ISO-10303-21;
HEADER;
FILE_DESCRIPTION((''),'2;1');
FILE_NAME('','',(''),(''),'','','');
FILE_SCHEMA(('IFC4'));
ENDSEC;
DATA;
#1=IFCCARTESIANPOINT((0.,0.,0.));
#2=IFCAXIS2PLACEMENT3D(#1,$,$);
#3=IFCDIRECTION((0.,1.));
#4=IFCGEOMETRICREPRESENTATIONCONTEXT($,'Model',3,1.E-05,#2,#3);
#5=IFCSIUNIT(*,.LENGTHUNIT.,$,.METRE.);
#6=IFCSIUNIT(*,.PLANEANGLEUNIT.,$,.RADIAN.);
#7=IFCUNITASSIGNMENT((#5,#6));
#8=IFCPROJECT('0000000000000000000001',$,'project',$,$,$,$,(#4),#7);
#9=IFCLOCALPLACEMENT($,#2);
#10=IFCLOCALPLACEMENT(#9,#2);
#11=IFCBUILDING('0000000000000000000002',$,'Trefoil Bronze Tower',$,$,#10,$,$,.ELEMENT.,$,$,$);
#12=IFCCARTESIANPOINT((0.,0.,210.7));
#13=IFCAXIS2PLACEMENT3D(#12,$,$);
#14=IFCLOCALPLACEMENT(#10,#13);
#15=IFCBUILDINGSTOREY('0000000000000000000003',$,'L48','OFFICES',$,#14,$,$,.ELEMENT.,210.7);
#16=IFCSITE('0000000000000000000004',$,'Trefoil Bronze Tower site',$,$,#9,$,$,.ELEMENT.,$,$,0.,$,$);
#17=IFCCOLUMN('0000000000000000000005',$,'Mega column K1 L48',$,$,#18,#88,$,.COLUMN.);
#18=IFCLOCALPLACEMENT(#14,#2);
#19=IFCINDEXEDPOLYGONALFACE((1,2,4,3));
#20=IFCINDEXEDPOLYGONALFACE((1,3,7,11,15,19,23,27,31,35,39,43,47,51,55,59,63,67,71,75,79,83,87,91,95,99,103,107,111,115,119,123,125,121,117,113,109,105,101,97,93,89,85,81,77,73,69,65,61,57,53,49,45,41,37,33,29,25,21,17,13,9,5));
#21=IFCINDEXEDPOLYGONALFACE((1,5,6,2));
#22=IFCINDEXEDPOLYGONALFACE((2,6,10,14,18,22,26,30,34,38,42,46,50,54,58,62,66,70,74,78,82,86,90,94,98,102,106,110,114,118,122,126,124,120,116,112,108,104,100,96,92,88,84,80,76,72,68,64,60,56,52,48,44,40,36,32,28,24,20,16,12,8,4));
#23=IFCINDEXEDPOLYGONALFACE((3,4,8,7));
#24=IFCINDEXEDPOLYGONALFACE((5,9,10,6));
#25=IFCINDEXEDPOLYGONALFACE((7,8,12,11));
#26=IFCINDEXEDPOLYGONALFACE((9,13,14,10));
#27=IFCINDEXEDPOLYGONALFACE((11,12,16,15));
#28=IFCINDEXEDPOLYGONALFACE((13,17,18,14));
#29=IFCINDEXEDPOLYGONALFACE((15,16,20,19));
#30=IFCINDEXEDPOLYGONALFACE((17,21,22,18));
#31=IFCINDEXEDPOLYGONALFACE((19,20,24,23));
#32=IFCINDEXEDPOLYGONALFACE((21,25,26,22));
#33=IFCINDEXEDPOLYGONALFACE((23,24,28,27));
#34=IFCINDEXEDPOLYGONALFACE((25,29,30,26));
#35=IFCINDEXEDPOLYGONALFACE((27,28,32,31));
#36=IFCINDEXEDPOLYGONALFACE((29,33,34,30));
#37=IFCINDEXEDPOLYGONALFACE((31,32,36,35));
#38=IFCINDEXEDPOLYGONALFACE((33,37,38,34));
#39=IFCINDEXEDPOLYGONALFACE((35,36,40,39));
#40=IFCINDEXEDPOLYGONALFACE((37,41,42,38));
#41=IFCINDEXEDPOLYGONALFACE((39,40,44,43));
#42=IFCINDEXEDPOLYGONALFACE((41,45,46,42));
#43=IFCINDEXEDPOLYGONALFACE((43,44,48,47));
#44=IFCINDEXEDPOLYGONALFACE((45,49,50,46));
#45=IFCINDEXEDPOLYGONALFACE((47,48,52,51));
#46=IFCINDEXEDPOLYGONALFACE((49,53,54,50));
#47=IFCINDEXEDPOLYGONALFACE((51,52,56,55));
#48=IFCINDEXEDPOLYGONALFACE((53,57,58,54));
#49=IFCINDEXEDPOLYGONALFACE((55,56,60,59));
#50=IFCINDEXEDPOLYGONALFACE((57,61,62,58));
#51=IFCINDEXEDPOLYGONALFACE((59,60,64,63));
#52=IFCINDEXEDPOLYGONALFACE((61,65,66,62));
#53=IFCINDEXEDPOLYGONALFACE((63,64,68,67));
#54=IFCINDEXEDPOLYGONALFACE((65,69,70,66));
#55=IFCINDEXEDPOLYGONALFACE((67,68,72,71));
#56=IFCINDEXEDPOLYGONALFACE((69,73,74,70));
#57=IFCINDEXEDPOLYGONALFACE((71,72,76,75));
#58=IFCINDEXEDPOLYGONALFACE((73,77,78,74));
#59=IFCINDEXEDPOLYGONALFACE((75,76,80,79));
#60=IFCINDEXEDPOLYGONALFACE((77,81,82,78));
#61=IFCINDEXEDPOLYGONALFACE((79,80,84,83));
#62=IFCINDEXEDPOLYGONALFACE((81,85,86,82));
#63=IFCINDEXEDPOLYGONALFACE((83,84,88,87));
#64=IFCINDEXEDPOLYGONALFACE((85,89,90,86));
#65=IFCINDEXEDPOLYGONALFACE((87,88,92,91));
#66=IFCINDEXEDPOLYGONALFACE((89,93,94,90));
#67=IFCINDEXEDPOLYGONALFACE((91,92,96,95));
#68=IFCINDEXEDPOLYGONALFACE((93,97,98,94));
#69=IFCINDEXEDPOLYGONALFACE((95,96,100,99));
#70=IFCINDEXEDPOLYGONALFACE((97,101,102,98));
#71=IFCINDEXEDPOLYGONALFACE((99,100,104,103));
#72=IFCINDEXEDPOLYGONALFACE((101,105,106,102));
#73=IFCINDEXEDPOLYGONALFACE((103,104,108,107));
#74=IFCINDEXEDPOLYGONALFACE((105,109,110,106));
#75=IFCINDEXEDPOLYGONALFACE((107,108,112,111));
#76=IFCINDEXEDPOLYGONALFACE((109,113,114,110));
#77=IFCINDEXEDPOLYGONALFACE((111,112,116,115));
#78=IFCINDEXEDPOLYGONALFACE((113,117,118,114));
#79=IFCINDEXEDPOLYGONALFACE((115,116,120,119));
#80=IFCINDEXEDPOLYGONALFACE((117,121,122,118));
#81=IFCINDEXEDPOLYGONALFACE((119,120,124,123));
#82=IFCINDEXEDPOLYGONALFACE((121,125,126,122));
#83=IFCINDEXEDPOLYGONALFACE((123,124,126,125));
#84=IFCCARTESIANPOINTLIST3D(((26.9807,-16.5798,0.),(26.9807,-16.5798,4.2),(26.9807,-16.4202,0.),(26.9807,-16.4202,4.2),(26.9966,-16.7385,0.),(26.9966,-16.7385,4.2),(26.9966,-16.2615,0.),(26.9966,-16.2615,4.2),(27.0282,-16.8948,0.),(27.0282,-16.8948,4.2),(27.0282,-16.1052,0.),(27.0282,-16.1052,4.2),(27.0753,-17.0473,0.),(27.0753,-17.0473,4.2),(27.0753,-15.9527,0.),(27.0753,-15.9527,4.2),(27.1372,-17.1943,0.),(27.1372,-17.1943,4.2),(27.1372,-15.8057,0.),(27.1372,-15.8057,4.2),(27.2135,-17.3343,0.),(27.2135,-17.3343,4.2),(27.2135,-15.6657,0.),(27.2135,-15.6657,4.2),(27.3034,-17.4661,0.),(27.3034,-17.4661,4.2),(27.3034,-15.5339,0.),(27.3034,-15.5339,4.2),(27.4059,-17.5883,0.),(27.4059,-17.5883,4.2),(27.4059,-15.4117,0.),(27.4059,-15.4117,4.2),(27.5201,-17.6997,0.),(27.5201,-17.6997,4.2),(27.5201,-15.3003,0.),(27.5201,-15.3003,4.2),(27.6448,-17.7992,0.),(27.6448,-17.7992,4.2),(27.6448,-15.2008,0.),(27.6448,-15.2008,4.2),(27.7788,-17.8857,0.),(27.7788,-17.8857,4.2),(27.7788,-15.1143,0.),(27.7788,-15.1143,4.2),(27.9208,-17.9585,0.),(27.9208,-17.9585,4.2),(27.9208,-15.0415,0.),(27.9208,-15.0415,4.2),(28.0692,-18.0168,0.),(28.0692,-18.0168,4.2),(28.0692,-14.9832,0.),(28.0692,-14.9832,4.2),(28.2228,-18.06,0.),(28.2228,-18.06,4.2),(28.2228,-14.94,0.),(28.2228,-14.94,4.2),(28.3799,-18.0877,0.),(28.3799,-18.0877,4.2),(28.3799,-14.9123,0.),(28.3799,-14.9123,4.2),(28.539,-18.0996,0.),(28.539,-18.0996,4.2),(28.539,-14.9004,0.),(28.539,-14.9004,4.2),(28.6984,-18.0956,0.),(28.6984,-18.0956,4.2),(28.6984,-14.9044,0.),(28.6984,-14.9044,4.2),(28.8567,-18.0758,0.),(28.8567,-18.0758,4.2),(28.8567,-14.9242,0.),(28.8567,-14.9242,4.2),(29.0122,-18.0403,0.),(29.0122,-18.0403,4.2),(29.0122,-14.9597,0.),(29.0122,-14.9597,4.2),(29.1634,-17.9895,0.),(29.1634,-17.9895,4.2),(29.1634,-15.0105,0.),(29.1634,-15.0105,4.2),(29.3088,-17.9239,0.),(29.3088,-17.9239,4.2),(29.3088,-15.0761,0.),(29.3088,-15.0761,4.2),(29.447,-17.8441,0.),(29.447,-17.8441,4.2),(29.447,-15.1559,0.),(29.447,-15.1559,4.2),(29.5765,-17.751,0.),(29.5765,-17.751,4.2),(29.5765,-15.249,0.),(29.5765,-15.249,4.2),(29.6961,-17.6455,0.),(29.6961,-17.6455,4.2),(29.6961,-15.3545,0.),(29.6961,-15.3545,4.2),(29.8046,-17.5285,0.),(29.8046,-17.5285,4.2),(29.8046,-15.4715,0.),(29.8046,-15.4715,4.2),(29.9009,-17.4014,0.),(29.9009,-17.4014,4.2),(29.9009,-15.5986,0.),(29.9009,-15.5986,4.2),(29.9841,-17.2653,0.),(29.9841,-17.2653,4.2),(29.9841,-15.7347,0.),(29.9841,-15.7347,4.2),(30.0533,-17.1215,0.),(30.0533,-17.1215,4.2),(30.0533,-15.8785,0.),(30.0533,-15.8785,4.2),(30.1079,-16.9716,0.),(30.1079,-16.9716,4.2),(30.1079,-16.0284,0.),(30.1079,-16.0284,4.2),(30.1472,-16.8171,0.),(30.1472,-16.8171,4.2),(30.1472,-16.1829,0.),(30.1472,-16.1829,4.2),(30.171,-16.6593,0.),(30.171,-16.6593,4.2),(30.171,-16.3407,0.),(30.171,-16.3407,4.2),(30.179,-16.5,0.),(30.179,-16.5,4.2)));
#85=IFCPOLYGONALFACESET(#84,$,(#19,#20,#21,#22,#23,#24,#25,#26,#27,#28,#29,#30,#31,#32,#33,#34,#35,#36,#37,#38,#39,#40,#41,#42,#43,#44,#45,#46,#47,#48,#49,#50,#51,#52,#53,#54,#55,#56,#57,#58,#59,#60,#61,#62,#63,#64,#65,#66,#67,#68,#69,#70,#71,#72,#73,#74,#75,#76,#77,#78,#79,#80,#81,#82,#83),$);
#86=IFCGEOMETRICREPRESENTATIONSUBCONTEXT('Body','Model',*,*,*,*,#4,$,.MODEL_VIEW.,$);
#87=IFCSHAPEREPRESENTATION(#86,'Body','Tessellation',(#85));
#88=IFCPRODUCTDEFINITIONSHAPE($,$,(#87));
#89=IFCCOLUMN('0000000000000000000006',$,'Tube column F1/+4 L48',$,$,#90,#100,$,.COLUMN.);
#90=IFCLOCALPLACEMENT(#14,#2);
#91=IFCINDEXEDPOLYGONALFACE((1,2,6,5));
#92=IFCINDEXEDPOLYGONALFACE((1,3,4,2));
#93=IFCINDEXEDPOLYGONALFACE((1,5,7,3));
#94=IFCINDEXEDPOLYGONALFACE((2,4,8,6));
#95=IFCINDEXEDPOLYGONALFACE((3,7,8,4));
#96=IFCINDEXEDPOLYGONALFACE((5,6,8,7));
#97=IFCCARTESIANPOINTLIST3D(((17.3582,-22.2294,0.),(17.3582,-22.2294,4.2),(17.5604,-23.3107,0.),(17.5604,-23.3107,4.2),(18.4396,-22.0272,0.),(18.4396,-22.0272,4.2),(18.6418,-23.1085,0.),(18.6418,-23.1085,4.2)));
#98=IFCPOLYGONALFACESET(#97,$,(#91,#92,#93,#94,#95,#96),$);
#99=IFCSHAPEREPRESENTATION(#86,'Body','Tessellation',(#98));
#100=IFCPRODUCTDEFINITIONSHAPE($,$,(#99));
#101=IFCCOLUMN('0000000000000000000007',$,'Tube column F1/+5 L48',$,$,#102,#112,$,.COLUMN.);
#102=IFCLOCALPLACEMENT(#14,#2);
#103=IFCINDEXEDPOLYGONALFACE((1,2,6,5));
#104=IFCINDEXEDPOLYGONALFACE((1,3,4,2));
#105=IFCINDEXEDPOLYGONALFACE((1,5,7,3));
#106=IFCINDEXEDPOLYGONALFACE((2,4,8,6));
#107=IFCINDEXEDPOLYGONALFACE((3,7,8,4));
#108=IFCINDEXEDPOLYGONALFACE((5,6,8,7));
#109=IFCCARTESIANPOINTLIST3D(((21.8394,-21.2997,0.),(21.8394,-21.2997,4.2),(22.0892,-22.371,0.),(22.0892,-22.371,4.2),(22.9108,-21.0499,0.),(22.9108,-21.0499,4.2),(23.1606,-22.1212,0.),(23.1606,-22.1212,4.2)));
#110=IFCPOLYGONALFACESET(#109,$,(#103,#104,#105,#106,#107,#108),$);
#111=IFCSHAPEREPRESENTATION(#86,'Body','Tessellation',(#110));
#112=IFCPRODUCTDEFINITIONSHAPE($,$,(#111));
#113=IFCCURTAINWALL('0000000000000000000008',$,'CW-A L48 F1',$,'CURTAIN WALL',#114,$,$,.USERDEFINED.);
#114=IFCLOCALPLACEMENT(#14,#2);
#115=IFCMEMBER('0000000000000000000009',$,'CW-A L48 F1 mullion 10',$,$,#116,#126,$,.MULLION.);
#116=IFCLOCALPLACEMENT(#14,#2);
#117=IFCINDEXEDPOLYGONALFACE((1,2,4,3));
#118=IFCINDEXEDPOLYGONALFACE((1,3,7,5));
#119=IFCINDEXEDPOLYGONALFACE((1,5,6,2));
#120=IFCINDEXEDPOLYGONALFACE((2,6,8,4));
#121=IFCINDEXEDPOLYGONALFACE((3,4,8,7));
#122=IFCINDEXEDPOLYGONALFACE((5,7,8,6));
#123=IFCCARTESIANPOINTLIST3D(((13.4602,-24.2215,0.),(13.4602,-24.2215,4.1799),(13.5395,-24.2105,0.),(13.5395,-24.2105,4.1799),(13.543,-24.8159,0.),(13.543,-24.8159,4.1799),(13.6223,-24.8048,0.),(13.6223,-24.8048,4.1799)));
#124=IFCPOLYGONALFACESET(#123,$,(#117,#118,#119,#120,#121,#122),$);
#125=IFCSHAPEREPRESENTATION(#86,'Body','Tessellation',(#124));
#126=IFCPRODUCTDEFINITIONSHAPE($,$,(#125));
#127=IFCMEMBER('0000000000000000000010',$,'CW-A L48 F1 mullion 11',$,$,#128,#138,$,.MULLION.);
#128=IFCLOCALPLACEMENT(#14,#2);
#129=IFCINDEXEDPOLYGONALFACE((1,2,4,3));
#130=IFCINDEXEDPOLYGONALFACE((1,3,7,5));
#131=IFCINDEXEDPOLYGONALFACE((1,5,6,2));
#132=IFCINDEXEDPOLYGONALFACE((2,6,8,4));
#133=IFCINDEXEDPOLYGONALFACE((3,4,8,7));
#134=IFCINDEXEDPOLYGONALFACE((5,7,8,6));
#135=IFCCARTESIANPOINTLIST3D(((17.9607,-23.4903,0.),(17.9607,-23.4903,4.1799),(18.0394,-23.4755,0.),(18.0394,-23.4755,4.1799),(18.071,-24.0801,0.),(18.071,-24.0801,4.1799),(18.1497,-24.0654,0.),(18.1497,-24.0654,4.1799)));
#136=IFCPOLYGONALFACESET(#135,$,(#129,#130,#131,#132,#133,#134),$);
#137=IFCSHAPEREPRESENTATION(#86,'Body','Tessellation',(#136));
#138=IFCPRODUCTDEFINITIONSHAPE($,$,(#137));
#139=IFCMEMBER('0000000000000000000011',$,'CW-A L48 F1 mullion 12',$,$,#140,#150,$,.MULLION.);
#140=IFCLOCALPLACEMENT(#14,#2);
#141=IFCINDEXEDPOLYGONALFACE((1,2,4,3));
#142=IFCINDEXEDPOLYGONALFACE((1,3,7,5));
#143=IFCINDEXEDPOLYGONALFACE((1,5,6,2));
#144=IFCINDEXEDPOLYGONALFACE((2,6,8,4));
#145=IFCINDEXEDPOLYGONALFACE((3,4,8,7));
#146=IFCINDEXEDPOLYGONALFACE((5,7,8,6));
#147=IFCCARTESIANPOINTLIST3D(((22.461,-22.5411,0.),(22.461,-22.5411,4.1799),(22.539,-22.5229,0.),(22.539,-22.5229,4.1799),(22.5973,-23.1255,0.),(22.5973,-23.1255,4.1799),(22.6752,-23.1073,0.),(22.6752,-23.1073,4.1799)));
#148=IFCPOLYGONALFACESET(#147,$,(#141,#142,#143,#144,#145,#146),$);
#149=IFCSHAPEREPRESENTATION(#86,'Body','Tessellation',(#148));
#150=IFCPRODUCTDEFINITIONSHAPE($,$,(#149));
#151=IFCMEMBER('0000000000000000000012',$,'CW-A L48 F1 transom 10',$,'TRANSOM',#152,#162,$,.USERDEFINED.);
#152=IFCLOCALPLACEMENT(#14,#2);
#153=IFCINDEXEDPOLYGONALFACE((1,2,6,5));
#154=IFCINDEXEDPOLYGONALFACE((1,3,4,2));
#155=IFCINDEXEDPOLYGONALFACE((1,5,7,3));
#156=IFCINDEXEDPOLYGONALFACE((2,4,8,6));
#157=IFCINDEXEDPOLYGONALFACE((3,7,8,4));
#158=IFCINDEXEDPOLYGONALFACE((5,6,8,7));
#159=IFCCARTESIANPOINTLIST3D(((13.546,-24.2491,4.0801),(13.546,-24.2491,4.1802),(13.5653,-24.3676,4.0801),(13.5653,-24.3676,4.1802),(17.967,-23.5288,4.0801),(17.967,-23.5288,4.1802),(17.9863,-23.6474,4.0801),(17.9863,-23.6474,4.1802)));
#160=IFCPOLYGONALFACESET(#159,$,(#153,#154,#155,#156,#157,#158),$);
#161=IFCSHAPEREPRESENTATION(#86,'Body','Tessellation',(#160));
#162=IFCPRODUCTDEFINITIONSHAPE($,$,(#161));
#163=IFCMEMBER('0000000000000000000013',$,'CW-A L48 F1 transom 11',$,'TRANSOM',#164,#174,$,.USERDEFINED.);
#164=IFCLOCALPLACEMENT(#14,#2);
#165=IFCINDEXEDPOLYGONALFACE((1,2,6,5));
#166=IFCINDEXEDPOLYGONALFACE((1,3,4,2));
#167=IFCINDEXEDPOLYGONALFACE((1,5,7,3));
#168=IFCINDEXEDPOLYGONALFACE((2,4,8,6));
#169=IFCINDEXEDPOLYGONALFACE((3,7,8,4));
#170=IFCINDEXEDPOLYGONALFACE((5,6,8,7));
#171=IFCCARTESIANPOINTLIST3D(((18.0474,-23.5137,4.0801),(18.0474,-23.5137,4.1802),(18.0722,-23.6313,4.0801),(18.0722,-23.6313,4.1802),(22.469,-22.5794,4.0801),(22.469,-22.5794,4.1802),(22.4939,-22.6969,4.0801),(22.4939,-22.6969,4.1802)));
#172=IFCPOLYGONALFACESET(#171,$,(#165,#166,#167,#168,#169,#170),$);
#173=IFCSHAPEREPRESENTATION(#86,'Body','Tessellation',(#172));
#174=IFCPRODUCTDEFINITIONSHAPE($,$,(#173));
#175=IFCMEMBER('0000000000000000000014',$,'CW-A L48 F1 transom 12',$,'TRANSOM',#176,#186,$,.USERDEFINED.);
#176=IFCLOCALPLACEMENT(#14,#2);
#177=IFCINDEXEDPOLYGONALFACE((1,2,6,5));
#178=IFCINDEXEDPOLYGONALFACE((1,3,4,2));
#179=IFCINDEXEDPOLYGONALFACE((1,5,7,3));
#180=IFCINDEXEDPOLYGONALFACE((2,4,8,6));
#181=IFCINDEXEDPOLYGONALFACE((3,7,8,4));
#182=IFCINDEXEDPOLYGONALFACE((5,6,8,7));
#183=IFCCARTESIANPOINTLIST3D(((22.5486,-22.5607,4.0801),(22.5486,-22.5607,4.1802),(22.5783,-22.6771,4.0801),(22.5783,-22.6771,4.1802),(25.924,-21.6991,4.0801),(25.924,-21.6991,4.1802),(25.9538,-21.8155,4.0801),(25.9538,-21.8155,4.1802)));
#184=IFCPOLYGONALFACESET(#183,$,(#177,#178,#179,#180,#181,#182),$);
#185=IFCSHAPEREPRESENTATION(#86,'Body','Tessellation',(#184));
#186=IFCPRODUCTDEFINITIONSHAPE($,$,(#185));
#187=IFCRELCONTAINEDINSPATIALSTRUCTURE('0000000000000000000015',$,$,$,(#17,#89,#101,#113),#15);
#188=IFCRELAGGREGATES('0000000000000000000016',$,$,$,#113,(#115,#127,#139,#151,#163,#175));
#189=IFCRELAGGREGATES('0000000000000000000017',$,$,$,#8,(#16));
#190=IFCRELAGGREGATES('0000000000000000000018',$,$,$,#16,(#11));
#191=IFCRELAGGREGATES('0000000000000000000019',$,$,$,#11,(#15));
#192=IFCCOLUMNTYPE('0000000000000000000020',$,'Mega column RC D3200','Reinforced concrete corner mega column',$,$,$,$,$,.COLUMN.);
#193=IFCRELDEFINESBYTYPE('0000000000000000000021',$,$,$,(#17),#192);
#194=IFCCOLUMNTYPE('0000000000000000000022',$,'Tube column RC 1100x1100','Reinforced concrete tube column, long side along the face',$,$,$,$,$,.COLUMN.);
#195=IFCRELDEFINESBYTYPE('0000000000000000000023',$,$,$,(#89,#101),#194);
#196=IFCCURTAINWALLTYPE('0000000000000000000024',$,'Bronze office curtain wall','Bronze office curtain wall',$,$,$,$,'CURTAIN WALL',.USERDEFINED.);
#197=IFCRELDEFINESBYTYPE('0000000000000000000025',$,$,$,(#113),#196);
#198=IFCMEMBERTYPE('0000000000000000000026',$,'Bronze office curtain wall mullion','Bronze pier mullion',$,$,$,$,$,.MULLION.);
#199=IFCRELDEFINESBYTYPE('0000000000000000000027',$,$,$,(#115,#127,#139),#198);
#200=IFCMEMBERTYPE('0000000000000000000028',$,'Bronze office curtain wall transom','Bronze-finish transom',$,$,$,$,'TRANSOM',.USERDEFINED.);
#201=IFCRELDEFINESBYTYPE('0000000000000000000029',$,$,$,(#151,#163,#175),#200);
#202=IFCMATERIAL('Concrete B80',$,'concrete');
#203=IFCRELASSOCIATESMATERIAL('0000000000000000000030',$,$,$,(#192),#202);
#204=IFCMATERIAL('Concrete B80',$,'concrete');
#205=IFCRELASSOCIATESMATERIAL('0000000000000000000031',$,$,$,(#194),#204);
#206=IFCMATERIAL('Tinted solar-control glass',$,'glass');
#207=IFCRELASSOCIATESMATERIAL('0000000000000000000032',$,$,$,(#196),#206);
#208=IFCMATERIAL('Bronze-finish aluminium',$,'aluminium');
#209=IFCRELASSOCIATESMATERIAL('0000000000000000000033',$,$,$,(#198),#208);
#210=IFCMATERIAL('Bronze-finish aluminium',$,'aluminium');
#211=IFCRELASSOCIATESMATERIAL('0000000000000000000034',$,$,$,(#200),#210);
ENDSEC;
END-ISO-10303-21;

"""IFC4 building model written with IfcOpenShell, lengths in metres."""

from ifc_helpers import new_model, si_unit, direction, frame, origin, origin_2d, place, context, subcontext, project, spatial, rectangle, circle, extrude, material, material_profile, profile_set, type_object, element, aggregate, save


model = new_model("IFC4")

# Units and contexts
model_context = context("Model", 3, precision=1e-05, world=origin(), true_north=direction((0.0, 1.0)))
body_context = subcontext(model_context, "Body", "Model", "MODEL_VIEW")
ifc_project = project(units=[si_unit("LENGTHUNIT", "METRE"), si_unit("PLANEANGLEUNIT", "RADIAN")], contexts=[model_context])

# Site, building, storey
site_placement = place(None, origin())
site = spatial("IfcSite", under=ifc_project, at=site_placement, Name="Trefoil Bronze Tower site", CompositionType="ELEMENT", RefElevation=0.0)
building_placement = place(site_placement, origin())
building = spatial("IfcBuilding", under=site, at=building_placement, Name="Trefoil Bronze Tower", CompositionType="ELEMENT")
storey_placement = place(building_placement, frame((0.0, 0.0, 210.7)))
storey = spatial("IfcBuildingStorey", under=building, at=storey_placement, Name="L48", Description="OFFICES", CompositionType="ELEMENT", Elevation=210.7)

# Columns
ifc_material_1 = material(Name="Concrete B80", Category="concrete")
ifc_material_profile_1 = material_profile(ifc_material_1, circle(Radius=1.6001, at=origin_2d()), Name="RC D3200")
ifc_profile_set_1 = profile_set([ifc_material_profile_1], Name="Concrete B80")
column_type_1 = type_object("IfcColumnType", Name="Mega column RC D3200", Description="Reinforced concrete corner mega column", PredefinedType="COLUMN", material=ifc_profile_set_1)
column_placement = place(storey_placement, frame((28.5789, -16.5, 0.0), z_axis=(0.0, 0.0, 1.0), x_axis=(1.0, 0.0, 0.0)))
element("IfcColumn", 1, at=column_placement, inside=storey, type_object=column_type_1, Name="Mega column K1 L48", PredefinedType="COLUMN", context=body_context, shape_type="SweptSolid", body=[
    extrude(circle(Radius=1.6001, at=origin_2d()), origin(), (0.0, 0.0, 1.0), 4.2),
])
ifc_material_2 = material(Name="Concrete B80", Category="concrete")
ifc_material_profile_2 = material_profile(ifc_material_2, rectangle(XDim=1.1001, YDim=1.1001, at=origin_2d()), Name="RC 1100x1100")
ifc_profile_set_2 = profile_set([ifc_material_profile_2], Name="Concrete B80")
column_type_2 = type_object("IfcColumnType", Name="Tube column RC 1100x1100", Description="Reinforced concrete tube column, long side along the face", PredefinedType="COLUMN", material=ifc_profile_set_2)
for number, where, z_axis, x_axis, name in (
    (2, (18.0, -22.6689, 0.0), (0.0, 0.0, 1.0), (0.982959, 0.183825, 0.0), "Tube column F1/+4 L48"),
    (3, (22.5, -21.7104, 0.0), (0.0, 0.0, 1.0), (0.973875, 0.227083, 0.0), "Tube column F1/+5 L48"),
):
    element("IfcColumn", number, at=place(storey_placement, frame(where, z_axis=z_axis, x_axis=x_axis)), inside=storey, type_object=column_type_2, Name=name, PredefinedType="COLUMN", context=body_context, shape_type="SweptSolid", body=[
        extrude(rectangle(XDim=1.1001, YDim=1.1001, at=origin_2d()), origin(), (0.0, 0.0, 1.0), 4.2),
    ])

# Curtain wall, members
ifc_material_3 = material(Name="Tinted solar-control glass", Category="glass")
curtain_wall_type_1 = type_object("IfcCurtainWallType", Name="Bronze office curtain wall", Description="Bronze office curtain wall", ElementType="CURTAIN WALL", PredefinedType="USERDEFINED", material=ifc_material_3)
curtain_wall_1_placement = place(storey_placement, origin())
curtain_wall_1 = element("IfcCurtainWall", 4, at=curtain_wall_1_placement, inside=storey, type_object=curtain_wall_type_1, Name="CW-A L48 F1", ObjectType="CURTAIN WALL", PredefinedType="USERDEFINED")
ifc_material_4 = material(Name="Bronze-finish aluminium", Category="aluminium")
ifc_material_profile_3 = material_profile(ifc_material_4, rectangle(XDim=0.6001, YDim=0.0801, at=origin_2d()), Name="CW-A mullion")
ifc_profile_set_3 = profile_set([ifc_material_profile_3], Name="Bronze-finish aluminium")
member_type_1 = type_object("IfcMemberType", Name="Bronze office curtain wall mullion", Description="Bronze pier mullion", PredefinedType="MULLION", material=ifc_profile_set_3)
member_1_placement = place(storey_placement, frame((13.5413, -24.5132, 0.0), z_axis=(0.0, 0.0, 1.0), x_axis=(-0.137868, 0.990451, 0.0)))
member_1 = element("IfcMember", 5, at=member_1_placement, type_object=member_type_1, Name="CW-A L48 F1 mullion 10", PredefinedType="MULLION", context=body_context, shape_type="SweptSolid", body=[
    extrude(rectangle(XDim=0.6001, YDim=0.0801, at=origin_2d()), origin(), (0.0, 0.0, 1.0), 4.1799),
])
member_2_placement = place(storey_placement, frame((18.0552, -23.7778, 0.0), z_axis=(0.0, 0.0, 1.0), x_axis=(-0.183825, 0.982959, 0.0)))
member_2 = element("IfcMember", 6, at=member_2_placement, type_object=member_type_1, Name="CW-A L48 F1 mullion 11", PredefinedType="MULLION", context=body_context, shape_type="SweptSolid", body=[
    extrude(rectangle(XDim=0.6001, YDim=0.0801, at=origin_2d()), origin(), (0.0, 0.0, 1.0), 4.1799),
])
member_3_placement = place(storey_placement, frame((22.5681, -22.8242, 0.0), z_axis=(0.0, 0.0, 1.0), x_axis=(-0.227083, 0.973875, 0.0)))
member_3 = element("IfcMember", 7, at=member_3_placement, type_object=member_type_1, Name="CW-A L48 F1 mullion 12", PredefinedType="MULLION", context=body_context, shape_type="SweptSolid", body=[
    extrude(rectangle(XDim=0.6001, YDim=0.0801, at=origin_2d()), origin(), (0.0, 0.0, 1.0), 4.1799),
])
ifc_material_5 = material(Name="Bronze-finish aluminium", Category="aluminium")
ifc_material_profile_4 = material_profile(ifc_material_5, rectangle(XDim=0.1201, YDim=0.1001, at=origin_2d()), Name="CW-A transom")
ifc_profile_set_4 = profile_set([ifc_material_profile_4], Name="Bronze-finish aluminium")
member_type_2 = type_object("IfcMemberType", Name="Bronze office curtain wall transom", Description="Bronze-finish transom", ElementType="TRANSOM", PredefinedType="USERDEFINED", material=ifc_profile_set_4)
member_4_placement = place(storey_placement, frame((13.5557, -24.3083, 4.1301), z_axis=(0.986988, 0.160792, 0.0), x_axis=(-0.160792, 0.986988, 0.0)))
member_4 = element("IfcMember", 8, at=member_4_placement, type_object=member_type_2, Name="CW-A L48 F1 transom 10", ObjectType="TRANSOM", PredefinedType="USERDEFINED", context=body_context, shape_type="SweptSolid", body=[
    extrude(rectangle(XDim=0.1201, YDim=0.1001, at=origin_2d()), origin(), (0.0, 0.0, 1.0), 4.4792),
])
member_5_placement = place(storey_placement, frame((18.0598, -23.5725, 4.1301), z_axis=(0.978395, 0.206743, 0.0), x_axis=(-0.206743, 0.978395, 0.0)))
member_5 = element("IfcMember", 9, at=member_5_placement, type_object=member_type_2, Name="CW-A L48 F1 transom 11", ObjectType="TRANSOM", PredefinedType="USERDEFINED", context=body_context, shape_type="SweptSolid", body=[
    extrude(rectangle(XDim=0.1201, YDim=0.1001, at=origin_2d()), origin(), (0.0, 0.0, 1.0), 4.5193),
])
member_6_placement = place(storey_placement, frame((22.5635, -22.6189, 4.1301), z_axis=(0.968935, 0.247315, 0.0), x_axis=(-0.247315, 0.968935, 0.0)))
member_6 = element("IfcMember", 10, at=member_6_placement, type_object=member_type_2, Name="CW-A L48 F1 transom 12", ObjectType="TRANSOM", PredefinedType="USERDEFINED", context=body_context, shape_type="SweptSolid", body=[
    extrude(rectangle(XDim=0.1201, YDim=0.1001, at=origin_2d()), origin(), (0.0, 0.0, 1.0), 3.4836),
])

aggregate(curtain_wall_1, [member_1, member_2, member_3, member_4, member_5, member_6])

save(model, "model.ifc")
